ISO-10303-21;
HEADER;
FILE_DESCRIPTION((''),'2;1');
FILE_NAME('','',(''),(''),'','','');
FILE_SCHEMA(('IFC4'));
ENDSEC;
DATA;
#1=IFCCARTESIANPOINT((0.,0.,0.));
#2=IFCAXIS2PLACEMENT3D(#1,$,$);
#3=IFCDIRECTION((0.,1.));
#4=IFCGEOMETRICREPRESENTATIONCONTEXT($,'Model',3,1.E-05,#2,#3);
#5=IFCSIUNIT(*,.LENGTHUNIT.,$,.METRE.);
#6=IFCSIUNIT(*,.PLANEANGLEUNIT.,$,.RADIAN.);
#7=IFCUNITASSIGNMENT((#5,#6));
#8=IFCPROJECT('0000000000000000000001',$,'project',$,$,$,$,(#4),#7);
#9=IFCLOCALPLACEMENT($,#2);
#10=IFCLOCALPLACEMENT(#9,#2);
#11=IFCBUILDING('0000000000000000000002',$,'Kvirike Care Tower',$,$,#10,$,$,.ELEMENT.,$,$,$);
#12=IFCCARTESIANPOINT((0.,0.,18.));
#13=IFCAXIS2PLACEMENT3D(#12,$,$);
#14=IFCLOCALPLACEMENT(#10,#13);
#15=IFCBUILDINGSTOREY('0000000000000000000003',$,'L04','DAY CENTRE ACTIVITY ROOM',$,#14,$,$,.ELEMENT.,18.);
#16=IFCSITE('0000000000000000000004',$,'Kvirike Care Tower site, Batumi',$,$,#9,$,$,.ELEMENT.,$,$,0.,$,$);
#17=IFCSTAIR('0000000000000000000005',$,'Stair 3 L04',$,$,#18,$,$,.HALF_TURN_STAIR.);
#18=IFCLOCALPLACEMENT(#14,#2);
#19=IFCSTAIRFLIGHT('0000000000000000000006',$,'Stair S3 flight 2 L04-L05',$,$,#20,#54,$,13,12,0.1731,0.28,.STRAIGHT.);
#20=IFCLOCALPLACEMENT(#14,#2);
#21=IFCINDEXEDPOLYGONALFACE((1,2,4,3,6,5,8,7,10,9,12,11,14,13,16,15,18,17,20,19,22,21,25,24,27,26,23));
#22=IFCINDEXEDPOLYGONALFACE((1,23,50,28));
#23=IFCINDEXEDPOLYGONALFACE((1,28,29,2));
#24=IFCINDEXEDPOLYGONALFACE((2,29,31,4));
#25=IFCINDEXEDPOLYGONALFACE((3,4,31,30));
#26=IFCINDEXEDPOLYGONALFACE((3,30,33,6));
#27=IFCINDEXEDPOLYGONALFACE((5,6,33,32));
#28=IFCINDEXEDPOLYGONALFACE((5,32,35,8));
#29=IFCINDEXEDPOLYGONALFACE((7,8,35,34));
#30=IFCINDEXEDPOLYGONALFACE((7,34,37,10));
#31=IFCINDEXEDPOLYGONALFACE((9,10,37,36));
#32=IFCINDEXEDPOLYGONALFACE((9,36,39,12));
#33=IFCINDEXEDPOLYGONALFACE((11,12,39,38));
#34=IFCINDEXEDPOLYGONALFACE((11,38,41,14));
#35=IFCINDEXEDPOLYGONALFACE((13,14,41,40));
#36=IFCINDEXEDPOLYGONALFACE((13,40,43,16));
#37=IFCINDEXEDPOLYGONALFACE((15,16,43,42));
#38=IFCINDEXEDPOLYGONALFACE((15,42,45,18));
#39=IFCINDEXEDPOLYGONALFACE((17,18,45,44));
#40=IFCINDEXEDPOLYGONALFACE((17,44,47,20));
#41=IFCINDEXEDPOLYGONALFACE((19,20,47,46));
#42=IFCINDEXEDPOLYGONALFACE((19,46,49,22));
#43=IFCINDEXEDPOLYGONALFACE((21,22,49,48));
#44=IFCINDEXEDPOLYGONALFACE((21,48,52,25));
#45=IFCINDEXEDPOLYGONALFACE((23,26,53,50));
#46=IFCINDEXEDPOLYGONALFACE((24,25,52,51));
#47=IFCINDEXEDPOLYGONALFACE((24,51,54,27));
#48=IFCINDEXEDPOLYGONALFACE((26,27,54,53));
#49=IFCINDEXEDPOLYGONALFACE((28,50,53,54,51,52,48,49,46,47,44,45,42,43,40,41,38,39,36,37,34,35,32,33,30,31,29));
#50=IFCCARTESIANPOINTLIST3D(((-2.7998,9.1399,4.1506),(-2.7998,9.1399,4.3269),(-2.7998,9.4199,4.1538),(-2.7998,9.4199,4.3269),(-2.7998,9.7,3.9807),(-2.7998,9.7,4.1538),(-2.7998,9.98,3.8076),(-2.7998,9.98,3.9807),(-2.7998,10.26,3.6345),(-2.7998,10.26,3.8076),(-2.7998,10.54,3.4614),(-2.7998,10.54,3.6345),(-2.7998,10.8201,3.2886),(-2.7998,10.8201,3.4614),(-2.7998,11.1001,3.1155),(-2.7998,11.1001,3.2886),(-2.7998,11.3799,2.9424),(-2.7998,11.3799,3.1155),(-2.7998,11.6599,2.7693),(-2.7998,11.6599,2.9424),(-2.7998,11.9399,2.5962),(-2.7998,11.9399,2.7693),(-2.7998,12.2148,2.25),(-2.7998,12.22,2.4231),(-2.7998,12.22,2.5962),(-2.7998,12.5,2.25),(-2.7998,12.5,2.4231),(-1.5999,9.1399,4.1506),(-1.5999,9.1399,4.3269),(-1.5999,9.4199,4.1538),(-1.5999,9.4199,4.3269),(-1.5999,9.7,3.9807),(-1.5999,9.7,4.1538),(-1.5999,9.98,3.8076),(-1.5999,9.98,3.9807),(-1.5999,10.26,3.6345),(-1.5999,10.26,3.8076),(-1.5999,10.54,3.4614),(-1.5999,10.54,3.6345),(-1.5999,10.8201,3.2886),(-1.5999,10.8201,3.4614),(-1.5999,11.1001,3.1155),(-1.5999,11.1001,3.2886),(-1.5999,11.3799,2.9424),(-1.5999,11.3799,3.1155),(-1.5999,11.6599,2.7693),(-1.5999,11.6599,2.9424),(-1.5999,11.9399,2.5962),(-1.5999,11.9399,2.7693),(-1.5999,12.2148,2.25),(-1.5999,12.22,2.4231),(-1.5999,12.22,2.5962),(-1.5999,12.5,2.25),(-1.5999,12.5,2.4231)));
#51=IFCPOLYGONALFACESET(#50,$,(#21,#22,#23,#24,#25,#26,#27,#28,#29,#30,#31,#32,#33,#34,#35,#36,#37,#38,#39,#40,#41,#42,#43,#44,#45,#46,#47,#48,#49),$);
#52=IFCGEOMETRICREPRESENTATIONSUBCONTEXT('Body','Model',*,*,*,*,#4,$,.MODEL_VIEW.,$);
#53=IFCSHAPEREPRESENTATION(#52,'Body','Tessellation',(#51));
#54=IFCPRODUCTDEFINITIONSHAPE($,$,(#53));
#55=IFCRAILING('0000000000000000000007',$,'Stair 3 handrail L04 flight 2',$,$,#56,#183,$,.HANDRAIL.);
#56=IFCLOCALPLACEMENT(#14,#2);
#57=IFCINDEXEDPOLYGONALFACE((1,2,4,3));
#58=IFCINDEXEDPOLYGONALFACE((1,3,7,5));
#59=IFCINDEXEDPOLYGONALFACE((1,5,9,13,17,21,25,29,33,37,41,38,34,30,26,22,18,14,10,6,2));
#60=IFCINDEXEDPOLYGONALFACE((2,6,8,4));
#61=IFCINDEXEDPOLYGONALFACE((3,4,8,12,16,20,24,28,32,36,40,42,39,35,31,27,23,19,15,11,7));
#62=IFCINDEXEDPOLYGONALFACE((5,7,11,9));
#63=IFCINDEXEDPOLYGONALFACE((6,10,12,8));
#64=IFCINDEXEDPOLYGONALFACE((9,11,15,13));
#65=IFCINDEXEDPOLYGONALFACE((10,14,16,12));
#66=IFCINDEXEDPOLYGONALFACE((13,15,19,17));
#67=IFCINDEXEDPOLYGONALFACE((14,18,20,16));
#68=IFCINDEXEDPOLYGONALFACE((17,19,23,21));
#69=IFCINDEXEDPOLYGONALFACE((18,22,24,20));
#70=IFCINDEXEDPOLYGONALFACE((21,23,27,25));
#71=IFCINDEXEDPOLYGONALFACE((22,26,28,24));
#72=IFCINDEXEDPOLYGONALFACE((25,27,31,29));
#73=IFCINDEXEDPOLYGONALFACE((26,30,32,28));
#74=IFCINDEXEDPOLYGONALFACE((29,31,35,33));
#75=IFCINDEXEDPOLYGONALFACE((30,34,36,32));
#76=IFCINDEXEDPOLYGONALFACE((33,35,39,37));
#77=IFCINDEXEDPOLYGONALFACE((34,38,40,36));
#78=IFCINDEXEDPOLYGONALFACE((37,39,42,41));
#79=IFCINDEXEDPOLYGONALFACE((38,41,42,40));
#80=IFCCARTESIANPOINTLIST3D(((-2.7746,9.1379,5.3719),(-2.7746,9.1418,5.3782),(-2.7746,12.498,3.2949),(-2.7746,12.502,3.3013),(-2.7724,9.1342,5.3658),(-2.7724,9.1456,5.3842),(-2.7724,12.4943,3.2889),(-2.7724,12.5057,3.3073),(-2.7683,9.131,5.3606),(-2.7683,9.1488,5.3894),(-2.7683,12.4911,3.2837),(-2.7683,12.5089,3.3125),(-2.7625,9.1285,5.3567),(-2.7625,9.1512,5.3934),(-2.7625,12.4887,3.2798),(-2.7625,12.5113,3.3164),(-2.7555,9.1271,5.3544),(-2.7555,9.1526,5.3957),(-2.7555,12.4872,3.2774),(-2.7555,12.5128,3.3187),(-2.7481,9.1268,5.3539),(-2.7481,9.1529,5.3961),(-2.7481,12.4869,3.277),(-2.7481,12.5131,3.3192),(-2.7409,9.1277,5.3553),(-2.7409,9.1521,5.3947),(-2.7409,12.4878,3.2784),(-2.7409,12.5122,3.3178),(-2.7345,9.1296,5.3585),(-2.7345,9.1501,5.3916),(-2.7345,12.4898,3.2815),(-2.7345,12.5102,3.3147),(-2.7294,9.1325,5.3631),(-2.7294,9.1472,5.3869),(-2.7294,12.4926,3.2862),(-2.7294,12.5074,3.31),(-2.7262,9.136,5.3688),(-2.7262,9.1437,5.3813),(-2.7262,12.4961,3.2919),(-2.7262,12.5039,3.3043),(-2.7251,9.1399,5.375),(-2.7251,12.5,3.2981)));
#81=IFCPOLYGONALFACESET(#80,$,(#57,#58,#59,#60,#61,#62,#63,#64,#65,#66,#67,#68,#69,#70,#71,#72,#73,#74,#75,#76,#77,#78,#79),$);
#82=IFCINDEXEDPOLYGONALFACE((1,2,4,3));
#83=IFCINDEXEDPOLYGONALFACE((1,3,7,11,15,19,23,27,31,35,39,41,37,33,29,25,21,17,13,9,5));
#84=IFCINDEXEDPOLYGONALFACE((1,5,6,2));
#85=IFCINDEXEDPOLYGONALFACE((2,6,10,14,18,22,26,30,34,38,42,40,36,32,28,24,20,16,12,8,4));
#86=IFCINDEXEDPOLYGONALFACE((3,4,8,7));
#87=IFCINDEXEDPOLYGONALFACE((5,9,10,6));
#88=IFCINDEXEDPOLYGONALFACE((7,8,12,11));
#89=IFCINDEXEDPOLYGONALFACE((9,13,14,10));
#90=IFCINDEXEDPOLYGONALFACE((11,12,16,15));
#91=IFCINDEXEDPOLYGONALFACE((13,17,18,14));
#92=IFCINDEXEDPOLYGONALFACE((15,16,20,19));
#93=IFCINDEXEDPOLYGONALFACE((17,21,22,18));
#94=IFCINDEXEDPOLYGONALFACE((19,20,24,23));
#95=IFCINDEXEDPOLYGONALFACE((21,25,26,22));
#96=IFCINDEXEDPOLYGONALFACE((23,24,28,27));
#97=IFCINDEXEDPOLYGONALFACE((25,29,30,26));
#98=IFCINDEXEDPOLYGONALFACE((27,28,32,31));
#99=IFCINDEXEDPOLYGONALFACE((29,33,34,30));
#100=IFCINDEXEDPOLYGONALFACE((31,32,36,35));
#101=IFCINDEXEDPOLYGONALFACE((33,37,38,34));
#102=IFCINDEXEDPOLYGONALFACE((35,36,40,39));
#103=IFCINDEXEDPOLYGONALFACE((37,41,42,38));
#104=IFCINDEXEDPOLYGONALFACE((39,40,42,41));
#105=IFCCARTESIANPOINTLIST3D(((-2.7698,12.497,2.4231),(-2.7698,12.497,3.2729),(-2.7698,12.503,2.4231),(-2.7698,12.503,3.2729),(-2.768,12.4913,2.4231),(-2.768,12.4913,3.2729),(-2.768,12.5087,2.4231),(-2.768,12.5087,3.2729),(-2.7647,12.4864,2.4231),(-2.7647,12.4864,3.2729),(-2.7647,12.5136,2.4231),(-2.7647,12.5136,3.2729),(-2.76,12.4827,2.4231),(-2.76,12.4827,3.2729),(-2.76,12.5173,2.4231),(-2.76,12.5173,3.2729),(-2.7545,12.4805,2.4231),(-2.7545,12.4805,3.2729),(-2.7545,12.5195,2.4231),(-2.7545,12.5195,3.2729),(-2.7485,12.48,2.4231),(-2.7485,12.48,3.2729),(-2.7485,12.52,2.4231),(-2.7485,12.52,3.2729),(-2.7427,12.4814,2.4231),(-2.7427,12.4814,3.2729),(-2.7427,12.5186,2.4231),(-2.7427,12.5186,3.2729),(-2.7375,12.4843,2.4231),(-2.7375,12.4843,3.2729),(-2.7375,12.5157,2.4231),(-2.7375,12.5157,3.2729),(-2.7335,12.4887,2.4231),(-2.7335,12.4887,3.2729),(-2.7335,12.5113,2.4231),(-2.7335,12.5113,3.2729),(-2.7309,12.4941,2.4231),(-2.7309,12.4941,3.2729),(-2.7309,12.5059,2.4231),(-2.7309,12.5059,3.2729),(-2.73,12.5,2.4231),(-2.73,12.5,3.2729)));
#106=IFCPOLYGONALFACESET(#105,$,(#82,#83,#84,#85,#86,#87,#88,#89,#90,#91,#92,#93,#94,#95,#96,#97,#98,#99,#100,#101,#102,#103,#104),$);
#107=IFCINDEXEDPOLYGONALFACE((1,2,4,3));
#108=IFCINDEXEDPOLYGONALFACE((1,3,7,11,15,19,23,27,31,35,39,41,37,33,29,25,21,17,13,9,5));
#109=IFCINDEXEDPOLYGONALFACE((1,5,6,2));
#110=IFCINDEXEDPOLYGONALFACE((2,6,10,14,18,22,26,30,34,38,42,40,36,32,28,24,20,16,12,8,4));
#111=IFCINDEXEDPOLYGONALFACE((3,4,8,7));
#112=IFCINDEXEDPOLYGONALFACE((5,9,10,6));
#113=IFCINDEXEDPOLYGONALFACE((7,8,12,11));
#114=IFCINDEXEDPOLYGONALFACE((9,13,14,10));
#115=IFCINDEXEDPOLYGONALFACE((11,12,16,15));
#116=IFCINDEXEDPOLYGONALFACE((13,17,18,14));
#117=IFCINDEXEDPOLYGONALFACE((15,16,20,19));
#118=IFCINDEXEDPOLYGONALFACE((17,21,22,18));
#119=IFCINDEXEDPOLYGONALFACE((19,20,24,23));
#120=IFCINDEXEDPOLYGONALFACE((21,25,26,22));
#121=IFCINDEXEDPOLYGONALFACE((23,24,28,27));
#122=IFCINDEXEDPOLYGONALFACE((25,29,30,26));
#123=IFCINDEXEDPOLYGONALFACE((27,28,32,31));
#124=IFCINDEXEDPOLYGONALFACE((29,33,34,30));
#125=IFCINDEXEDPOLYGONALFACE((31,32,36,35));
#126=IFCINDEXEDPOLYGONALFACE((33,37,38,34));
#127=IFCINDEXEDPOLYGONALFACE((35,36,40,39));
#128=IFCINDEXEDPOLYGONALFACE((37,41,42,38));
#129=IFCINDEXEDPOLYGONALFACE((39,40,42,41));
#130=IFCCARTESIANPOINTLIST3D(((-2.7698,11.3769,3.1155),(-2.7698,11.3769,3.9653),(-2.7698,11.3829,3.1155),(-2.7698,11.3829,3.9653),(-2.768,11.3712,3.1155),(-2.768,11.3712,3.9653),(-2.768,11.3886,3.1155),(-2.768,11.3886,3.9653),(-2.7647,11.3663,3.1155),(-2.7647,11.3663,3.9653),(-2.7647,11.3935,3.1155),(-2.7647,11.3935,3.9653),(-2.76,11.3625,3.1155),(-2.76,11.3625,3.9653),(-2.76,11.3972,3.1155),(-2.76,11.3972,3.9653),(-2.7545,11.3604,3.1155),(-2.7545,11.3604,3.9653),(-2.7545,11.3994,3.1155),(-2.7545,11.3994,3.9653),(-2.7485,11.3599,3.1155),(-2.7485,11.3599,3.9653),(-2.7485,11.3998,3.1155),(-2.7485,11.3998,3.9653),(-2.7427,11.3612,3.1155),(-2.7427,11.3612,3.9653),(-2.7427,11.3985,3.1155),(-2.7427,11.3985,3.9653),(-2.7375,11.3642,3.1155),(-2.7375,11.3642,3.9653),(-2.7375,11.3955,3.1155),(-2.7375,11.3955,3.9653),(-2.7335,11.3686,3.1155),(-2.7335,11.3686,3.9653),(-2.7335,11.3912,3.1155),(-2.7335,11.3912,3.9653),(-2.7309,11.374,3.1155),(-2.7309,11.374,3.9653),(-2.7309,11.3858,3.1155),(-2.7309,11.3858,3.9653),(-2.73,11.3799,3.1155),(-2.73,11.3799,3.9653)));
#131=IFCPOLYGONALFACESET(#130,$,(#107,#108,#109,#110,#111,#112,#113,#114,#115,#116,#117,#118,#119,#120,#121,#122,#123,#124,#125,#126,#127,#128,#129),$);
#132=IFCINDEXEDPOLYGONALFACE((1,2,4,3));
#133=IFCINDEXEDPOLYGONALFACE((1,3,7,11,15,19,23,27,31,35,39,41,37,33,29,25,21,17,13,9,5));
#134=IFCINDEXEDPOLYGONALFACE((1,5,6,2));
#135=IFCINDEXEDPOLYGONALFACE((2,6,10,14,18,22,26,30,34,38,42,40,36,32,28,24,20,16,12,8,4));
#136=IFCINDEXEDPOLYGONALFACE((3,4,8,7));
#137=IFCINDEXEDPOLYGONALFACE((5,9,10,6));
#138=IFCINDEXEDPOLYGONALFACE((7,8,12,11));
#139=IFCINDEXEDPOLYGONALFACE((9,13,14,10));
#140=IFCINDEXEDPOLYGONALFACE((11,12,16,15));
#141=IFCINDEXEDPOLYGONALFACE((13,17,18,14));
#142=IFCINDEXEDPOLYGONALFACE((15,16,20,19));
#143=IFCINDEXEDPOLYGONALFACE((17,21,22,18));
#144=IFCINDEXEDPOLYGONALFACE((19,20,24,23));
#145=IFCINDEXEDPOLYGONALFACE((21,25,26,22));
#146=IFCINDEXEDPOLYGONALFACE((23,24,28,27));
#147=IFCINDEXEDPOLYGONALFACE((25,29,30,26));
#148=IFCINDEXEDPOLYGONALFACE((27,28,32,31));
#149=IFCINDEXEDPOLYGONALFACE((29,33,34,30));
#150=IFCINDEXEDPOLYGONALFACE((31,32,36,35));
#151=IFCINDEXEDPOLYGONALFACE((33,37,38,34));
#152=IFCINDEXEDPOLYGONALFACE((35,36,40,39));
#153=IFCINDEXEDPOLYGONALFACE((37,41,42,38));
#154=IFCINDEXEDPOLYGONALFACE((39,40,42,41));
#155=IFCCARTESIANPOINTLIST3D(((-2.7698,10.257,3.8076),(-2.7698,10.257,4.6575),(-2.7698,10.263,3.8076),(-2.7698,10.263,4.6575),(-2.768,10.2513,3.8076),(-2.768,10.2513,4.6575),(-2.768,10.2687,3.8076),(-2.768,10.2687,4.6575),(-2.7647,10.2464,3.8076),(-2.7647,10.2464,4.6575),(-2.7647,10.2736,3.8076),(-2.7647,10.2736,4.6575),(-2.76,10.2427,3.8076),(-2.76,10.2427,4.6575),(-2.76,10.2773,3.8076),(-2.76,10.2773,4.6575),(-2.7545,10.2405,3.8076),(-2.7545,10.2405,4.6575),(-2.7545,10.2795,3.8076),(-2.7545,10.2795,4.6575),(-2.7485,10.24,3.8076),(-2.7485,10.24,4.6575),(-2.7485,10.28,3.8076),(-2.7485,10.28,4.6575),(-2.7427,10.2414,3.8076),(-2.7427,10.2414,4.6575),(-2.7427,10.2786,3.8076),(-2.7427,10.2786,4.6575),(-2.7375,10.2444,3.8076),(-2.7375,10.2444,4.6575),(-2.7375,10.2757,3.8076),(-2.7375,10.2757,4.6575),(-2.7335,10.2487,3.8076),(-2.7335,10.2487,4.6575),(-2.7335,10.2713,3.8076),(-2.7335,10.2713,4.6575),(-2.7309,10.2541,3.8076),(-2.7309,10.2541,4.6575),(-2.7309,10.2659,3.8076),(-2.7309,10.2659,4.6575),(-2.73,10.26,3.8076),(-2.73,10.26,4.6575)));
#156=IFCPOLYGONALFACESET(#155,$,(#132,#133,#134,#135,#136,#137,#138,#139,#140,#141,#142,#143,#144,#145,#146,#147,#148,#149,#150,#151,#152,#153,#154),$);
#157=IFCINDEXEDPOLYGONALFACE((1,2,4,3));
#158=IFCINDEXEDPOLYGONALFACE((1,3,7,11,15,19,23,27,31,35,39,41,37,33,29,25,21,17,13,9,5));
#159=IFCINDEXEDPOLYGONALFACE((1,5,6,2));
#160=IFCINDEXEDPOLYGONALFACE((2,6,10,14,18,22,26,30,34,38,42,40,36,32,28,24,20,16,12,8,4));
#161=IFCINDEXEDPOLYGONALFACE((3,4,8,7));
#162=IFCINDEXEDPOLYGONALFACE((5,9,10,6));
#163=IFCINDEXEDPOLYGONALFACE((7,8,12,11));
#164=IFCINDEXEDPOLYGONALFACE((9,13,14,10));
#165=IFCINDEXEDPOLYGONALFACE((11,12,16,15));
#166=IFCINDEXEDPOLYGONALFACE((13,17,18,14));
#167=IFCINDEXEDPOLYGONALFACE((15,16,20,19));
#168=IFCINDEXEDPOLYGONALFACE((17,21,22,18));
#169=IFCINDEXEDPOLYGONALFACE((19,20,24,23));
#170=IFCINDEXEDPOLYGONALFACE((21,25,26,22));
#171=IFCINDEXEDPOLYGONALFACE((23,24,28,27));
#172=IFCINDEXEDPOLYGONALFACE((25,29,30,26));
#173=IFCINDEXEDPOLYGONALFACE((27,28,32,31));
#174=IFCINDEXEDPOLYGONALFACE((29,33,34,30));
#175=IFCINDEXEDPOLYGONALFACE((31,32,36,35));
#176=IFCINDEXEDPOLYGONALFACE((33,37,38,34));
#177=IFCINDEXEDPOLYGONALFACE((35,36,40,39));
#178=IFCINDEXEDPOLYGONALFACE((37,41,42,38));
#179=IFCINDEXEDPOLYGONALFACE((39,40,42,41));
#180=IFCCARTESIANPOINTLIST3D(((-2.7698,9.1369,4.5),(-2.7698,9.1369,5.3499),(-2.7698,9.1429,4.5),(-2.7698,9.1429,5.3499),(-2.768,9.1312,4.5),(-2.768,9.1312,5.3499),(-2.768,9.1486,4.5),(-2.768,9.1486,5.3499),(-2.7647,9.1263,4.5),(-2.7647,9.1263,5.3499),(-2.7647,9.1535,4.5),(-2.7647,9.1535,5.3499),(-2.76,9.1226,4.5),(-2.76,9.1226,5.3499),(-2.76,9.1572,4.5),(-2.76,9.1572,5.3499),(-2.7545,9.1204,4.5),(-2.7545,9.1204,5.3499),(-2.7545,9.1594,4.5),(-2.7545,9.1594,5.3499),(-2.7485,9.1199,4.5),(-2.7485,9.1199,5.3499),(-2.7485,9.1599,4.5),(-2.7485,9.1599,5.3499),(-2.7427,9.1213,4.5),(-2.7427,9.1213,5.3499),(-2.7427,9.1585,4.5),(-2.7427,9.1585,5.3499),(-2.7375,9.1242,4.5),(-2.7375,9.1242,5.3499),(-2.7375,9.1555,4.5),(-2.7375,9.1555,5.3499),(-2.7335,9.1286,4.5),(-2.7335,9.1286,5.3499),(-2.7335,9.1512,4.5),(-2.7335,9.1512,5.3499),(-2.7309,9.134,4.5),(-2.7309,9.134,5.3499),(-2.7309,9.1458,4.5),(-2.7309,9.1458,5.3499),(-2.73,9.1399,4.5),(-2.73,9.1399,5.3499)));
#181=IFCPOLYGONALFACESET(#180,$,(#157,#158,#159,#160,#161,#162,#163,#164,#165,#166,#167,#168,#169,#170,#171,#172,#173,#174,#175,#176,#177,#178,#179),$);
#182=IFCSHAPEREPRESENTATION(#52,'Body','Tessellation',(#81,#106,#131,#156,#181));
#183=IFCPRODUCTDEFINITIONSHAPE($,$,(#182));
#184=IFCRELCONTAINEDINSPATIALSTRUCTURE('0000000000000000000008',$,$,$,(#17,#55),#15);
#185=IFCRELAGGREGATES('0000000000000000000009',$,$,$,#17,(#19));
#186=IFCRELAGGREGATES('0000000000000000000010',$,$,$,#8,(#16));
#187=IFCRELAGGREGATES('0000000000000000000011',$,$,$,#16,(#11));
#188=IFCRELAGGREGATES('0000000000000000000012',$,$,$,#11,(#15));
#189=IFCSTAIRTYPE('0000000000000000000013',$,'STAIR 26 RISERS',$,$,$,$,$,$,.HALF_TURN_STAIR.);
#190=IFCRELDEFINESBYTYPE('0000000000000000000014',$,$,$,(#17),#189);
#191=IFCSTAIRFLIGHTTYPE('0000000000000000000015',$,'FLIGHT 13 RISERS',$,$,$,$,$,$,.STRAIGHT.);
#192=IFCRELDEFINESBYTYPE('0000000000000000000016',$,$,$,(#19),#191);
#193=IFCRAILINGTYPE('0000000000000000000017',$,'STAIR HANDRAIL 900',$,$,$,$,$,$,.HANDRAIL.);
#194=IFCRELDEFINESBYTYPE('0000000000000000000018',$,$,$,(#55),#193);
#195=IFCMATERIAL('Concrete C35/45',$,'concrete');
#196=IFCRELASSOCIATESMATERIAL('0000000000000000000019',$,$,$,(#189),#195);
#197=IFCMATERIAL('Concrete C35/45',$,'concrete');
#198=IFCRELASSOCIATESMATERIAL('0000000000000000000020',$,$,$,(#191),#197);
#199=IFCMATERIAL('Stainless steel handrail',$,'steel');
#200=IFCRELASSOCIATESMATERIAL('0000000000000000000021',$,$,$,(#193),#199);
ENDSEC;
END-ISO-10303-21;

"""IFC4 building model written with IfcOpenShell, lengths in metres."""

from ifc_helpers import new_model, si_unit, direction, frame, origin, origin_2d, place, context, subcontext, project, spatial, polyline, circle, outline, extrude, material, type_object, element, aggregate, save


model = new_model("IFC4")

# Units and contexts
model_context = context("Model", 3, precision=1e-05, world=origin(), true_north=direction((0.0, 1.0)))
body_context = subcontext(model_context, "Body", "Model", "MODEL_VIEW")
ifc_project = project(units=[si_unit("LENGTHUNIT", "METRE"), si_unit("PLANEANGLEUNIT", "RADIAN")], contexts=[model_context])

# Site, building, storey
site_placement = place(None, origin())
site = spatial("IfcSite", under=ifc_project, at=site_placement, Name="Kvirike Care Tower site, Batumi", CompositionType="ELEMENT", RefElevation=0.0)
building_placement = place(site_placement, origin())
building = spatial("IfcBuilding", under=site, at=building_placement, Name="Kvirike Care Tower", CompositionType="ELEMENT")
storey_placement = place(building_placement, frame((0.0, 0.0, 18.0)))
storey = spatial("IfcBuildingStorey", under=building, at=storey_placement, Name="L04", Description="DAY CENTRE ACTIVITY ROOM", CompositionType="ELEMENT", Elevation=18.0)

# Stair, stair flight
ifc_material_1 = material(Name="Concrete C35/45", Category="concrete")
stair_type = type_object("IfcStairType", Name="STAIR 26 RISERS", PredefinedType="HALF_TURN_STAIR", material=ifc_material_1)
stair_placement = place(storey_placement, origin())
stair = element("IfcStair", 1, at=stair_placement, inside=storey, type_object=stair_type, Name="Stair 3 L04", PredefinedType="HALF_TURN_STAIR")
ifc_material_2 = material(Name="Concrete C35/45", Category="concrete")
stair_flight_type = type_object("IfcStairFlightType", Name="FLIGHT 13 RISERS", PredefinedType="STRAIGHT", material=ifc_material_2)
stair_flight_placement = place(storey_placement, frame((-2.2, 12.5, 2.25), z_axis=(0.0, 0.0, 1.0), x_axis=(0.0, -1.0, 0.0)))
stair_flight = element("IfcStairFlight", 2, at=stair_flight_placement, type_object=stair_flight_type, Name="Stair S3 flight 2 L04-L05", NumberOfRisers=13, NumberOfTreads=12, PredefinedType="STRAIGHT", RiserHeight=0.1731, TreadLength=0.28, context=body_context, shape_type="SweptSolid", body=[
    extrude(outline(polyline([(0.0, 0.0), (0.0, 0.1731), (0.28, 0.1731), (0.28, 0.3462), (0.5601, 0.3462), (0.5601, 0.5193), (0.8401, 0.5193), (0.8401, 0.6924), (1.1201, 0.6924), (1.1201, 0.8655), (1.3999, 0.8655), (1.3999, 1.0386), (1.6799, 1.0386), (1.6799, 1.2114), (1.96, 1.2114), (1.96, 1.3845), (2.24, 1.3845), (2.24, 1.5576), (2.52, 1.5576), (2.52, 1.7307), (2.8, 1.7307), (2.8, 1.9038), (3.0801, 1.9038), (3.0801, 2.0769), (3.3601, 2.0769), (3.3601, 2.25), (3.3601, 1.9006), (0.2852, 0.0), (0.0, 0.0)])), frame((0.0, 0.6001, 0.0), z_axis=(0.0, -1.0, 0.0), x_axis=(1.0, 0.0, 0.0)), (0.0, 0.0, 1.0), 1.2),
])
aggregate(stair, [stair_flight])

# Railing
ifc_material_3 = material(Name="Stainless steel handrail", Category="steel")
railing_type = type_object("IfcRailingType", Name="STAIR HANDRAIL 900", PredefinedType="HANDRAIL", material=ifc_material_3)
railing_placement = place(storey_placement, frame((-2.75, 12.5, 2.4231)))
element("IfcRailing", 3, at=railing_placement, inside=storey, type_object=railing_type, Name="Stair 3 handrail L04 flight 2", PredefinedType="HANDRAIL", context=body_context, shape_type="SweptSolid", body=[
    extrude(circle(Radius=0.0249, at=origin_2d()), frame((0.0, 0.0, 0.875), z_axis=(0.0, -0.850623, 0.525776), x_axis=(1.0, 0.0, 0.0)), (0.0, 0.0, 1.0), 3.9502),
    extrude(circle(Radius=0.02, at=origin_2d()), origin(), (0.0, 0.0, 1.0), 0.8499),
    extrude(circle(Radius=0.02, at=origin_2d()), frame((0.0, -1.1201, 0.6924)), (0.0, 0.0, 1.0), 0.8499),
    extrude(circle(Radius=0.02, at=origin_2d()), frame((0.0, -2.24, 1.3845)), (0.0, 0.0, 1.0), 0.8499),
    extrude(circle(Radius=0.02, at=origin_2d()), frame((0.0, -3.3601, 2.0769)), (0.0, 0.0, 1.0), 0.8499),
])

save(model, "model.ifc")
